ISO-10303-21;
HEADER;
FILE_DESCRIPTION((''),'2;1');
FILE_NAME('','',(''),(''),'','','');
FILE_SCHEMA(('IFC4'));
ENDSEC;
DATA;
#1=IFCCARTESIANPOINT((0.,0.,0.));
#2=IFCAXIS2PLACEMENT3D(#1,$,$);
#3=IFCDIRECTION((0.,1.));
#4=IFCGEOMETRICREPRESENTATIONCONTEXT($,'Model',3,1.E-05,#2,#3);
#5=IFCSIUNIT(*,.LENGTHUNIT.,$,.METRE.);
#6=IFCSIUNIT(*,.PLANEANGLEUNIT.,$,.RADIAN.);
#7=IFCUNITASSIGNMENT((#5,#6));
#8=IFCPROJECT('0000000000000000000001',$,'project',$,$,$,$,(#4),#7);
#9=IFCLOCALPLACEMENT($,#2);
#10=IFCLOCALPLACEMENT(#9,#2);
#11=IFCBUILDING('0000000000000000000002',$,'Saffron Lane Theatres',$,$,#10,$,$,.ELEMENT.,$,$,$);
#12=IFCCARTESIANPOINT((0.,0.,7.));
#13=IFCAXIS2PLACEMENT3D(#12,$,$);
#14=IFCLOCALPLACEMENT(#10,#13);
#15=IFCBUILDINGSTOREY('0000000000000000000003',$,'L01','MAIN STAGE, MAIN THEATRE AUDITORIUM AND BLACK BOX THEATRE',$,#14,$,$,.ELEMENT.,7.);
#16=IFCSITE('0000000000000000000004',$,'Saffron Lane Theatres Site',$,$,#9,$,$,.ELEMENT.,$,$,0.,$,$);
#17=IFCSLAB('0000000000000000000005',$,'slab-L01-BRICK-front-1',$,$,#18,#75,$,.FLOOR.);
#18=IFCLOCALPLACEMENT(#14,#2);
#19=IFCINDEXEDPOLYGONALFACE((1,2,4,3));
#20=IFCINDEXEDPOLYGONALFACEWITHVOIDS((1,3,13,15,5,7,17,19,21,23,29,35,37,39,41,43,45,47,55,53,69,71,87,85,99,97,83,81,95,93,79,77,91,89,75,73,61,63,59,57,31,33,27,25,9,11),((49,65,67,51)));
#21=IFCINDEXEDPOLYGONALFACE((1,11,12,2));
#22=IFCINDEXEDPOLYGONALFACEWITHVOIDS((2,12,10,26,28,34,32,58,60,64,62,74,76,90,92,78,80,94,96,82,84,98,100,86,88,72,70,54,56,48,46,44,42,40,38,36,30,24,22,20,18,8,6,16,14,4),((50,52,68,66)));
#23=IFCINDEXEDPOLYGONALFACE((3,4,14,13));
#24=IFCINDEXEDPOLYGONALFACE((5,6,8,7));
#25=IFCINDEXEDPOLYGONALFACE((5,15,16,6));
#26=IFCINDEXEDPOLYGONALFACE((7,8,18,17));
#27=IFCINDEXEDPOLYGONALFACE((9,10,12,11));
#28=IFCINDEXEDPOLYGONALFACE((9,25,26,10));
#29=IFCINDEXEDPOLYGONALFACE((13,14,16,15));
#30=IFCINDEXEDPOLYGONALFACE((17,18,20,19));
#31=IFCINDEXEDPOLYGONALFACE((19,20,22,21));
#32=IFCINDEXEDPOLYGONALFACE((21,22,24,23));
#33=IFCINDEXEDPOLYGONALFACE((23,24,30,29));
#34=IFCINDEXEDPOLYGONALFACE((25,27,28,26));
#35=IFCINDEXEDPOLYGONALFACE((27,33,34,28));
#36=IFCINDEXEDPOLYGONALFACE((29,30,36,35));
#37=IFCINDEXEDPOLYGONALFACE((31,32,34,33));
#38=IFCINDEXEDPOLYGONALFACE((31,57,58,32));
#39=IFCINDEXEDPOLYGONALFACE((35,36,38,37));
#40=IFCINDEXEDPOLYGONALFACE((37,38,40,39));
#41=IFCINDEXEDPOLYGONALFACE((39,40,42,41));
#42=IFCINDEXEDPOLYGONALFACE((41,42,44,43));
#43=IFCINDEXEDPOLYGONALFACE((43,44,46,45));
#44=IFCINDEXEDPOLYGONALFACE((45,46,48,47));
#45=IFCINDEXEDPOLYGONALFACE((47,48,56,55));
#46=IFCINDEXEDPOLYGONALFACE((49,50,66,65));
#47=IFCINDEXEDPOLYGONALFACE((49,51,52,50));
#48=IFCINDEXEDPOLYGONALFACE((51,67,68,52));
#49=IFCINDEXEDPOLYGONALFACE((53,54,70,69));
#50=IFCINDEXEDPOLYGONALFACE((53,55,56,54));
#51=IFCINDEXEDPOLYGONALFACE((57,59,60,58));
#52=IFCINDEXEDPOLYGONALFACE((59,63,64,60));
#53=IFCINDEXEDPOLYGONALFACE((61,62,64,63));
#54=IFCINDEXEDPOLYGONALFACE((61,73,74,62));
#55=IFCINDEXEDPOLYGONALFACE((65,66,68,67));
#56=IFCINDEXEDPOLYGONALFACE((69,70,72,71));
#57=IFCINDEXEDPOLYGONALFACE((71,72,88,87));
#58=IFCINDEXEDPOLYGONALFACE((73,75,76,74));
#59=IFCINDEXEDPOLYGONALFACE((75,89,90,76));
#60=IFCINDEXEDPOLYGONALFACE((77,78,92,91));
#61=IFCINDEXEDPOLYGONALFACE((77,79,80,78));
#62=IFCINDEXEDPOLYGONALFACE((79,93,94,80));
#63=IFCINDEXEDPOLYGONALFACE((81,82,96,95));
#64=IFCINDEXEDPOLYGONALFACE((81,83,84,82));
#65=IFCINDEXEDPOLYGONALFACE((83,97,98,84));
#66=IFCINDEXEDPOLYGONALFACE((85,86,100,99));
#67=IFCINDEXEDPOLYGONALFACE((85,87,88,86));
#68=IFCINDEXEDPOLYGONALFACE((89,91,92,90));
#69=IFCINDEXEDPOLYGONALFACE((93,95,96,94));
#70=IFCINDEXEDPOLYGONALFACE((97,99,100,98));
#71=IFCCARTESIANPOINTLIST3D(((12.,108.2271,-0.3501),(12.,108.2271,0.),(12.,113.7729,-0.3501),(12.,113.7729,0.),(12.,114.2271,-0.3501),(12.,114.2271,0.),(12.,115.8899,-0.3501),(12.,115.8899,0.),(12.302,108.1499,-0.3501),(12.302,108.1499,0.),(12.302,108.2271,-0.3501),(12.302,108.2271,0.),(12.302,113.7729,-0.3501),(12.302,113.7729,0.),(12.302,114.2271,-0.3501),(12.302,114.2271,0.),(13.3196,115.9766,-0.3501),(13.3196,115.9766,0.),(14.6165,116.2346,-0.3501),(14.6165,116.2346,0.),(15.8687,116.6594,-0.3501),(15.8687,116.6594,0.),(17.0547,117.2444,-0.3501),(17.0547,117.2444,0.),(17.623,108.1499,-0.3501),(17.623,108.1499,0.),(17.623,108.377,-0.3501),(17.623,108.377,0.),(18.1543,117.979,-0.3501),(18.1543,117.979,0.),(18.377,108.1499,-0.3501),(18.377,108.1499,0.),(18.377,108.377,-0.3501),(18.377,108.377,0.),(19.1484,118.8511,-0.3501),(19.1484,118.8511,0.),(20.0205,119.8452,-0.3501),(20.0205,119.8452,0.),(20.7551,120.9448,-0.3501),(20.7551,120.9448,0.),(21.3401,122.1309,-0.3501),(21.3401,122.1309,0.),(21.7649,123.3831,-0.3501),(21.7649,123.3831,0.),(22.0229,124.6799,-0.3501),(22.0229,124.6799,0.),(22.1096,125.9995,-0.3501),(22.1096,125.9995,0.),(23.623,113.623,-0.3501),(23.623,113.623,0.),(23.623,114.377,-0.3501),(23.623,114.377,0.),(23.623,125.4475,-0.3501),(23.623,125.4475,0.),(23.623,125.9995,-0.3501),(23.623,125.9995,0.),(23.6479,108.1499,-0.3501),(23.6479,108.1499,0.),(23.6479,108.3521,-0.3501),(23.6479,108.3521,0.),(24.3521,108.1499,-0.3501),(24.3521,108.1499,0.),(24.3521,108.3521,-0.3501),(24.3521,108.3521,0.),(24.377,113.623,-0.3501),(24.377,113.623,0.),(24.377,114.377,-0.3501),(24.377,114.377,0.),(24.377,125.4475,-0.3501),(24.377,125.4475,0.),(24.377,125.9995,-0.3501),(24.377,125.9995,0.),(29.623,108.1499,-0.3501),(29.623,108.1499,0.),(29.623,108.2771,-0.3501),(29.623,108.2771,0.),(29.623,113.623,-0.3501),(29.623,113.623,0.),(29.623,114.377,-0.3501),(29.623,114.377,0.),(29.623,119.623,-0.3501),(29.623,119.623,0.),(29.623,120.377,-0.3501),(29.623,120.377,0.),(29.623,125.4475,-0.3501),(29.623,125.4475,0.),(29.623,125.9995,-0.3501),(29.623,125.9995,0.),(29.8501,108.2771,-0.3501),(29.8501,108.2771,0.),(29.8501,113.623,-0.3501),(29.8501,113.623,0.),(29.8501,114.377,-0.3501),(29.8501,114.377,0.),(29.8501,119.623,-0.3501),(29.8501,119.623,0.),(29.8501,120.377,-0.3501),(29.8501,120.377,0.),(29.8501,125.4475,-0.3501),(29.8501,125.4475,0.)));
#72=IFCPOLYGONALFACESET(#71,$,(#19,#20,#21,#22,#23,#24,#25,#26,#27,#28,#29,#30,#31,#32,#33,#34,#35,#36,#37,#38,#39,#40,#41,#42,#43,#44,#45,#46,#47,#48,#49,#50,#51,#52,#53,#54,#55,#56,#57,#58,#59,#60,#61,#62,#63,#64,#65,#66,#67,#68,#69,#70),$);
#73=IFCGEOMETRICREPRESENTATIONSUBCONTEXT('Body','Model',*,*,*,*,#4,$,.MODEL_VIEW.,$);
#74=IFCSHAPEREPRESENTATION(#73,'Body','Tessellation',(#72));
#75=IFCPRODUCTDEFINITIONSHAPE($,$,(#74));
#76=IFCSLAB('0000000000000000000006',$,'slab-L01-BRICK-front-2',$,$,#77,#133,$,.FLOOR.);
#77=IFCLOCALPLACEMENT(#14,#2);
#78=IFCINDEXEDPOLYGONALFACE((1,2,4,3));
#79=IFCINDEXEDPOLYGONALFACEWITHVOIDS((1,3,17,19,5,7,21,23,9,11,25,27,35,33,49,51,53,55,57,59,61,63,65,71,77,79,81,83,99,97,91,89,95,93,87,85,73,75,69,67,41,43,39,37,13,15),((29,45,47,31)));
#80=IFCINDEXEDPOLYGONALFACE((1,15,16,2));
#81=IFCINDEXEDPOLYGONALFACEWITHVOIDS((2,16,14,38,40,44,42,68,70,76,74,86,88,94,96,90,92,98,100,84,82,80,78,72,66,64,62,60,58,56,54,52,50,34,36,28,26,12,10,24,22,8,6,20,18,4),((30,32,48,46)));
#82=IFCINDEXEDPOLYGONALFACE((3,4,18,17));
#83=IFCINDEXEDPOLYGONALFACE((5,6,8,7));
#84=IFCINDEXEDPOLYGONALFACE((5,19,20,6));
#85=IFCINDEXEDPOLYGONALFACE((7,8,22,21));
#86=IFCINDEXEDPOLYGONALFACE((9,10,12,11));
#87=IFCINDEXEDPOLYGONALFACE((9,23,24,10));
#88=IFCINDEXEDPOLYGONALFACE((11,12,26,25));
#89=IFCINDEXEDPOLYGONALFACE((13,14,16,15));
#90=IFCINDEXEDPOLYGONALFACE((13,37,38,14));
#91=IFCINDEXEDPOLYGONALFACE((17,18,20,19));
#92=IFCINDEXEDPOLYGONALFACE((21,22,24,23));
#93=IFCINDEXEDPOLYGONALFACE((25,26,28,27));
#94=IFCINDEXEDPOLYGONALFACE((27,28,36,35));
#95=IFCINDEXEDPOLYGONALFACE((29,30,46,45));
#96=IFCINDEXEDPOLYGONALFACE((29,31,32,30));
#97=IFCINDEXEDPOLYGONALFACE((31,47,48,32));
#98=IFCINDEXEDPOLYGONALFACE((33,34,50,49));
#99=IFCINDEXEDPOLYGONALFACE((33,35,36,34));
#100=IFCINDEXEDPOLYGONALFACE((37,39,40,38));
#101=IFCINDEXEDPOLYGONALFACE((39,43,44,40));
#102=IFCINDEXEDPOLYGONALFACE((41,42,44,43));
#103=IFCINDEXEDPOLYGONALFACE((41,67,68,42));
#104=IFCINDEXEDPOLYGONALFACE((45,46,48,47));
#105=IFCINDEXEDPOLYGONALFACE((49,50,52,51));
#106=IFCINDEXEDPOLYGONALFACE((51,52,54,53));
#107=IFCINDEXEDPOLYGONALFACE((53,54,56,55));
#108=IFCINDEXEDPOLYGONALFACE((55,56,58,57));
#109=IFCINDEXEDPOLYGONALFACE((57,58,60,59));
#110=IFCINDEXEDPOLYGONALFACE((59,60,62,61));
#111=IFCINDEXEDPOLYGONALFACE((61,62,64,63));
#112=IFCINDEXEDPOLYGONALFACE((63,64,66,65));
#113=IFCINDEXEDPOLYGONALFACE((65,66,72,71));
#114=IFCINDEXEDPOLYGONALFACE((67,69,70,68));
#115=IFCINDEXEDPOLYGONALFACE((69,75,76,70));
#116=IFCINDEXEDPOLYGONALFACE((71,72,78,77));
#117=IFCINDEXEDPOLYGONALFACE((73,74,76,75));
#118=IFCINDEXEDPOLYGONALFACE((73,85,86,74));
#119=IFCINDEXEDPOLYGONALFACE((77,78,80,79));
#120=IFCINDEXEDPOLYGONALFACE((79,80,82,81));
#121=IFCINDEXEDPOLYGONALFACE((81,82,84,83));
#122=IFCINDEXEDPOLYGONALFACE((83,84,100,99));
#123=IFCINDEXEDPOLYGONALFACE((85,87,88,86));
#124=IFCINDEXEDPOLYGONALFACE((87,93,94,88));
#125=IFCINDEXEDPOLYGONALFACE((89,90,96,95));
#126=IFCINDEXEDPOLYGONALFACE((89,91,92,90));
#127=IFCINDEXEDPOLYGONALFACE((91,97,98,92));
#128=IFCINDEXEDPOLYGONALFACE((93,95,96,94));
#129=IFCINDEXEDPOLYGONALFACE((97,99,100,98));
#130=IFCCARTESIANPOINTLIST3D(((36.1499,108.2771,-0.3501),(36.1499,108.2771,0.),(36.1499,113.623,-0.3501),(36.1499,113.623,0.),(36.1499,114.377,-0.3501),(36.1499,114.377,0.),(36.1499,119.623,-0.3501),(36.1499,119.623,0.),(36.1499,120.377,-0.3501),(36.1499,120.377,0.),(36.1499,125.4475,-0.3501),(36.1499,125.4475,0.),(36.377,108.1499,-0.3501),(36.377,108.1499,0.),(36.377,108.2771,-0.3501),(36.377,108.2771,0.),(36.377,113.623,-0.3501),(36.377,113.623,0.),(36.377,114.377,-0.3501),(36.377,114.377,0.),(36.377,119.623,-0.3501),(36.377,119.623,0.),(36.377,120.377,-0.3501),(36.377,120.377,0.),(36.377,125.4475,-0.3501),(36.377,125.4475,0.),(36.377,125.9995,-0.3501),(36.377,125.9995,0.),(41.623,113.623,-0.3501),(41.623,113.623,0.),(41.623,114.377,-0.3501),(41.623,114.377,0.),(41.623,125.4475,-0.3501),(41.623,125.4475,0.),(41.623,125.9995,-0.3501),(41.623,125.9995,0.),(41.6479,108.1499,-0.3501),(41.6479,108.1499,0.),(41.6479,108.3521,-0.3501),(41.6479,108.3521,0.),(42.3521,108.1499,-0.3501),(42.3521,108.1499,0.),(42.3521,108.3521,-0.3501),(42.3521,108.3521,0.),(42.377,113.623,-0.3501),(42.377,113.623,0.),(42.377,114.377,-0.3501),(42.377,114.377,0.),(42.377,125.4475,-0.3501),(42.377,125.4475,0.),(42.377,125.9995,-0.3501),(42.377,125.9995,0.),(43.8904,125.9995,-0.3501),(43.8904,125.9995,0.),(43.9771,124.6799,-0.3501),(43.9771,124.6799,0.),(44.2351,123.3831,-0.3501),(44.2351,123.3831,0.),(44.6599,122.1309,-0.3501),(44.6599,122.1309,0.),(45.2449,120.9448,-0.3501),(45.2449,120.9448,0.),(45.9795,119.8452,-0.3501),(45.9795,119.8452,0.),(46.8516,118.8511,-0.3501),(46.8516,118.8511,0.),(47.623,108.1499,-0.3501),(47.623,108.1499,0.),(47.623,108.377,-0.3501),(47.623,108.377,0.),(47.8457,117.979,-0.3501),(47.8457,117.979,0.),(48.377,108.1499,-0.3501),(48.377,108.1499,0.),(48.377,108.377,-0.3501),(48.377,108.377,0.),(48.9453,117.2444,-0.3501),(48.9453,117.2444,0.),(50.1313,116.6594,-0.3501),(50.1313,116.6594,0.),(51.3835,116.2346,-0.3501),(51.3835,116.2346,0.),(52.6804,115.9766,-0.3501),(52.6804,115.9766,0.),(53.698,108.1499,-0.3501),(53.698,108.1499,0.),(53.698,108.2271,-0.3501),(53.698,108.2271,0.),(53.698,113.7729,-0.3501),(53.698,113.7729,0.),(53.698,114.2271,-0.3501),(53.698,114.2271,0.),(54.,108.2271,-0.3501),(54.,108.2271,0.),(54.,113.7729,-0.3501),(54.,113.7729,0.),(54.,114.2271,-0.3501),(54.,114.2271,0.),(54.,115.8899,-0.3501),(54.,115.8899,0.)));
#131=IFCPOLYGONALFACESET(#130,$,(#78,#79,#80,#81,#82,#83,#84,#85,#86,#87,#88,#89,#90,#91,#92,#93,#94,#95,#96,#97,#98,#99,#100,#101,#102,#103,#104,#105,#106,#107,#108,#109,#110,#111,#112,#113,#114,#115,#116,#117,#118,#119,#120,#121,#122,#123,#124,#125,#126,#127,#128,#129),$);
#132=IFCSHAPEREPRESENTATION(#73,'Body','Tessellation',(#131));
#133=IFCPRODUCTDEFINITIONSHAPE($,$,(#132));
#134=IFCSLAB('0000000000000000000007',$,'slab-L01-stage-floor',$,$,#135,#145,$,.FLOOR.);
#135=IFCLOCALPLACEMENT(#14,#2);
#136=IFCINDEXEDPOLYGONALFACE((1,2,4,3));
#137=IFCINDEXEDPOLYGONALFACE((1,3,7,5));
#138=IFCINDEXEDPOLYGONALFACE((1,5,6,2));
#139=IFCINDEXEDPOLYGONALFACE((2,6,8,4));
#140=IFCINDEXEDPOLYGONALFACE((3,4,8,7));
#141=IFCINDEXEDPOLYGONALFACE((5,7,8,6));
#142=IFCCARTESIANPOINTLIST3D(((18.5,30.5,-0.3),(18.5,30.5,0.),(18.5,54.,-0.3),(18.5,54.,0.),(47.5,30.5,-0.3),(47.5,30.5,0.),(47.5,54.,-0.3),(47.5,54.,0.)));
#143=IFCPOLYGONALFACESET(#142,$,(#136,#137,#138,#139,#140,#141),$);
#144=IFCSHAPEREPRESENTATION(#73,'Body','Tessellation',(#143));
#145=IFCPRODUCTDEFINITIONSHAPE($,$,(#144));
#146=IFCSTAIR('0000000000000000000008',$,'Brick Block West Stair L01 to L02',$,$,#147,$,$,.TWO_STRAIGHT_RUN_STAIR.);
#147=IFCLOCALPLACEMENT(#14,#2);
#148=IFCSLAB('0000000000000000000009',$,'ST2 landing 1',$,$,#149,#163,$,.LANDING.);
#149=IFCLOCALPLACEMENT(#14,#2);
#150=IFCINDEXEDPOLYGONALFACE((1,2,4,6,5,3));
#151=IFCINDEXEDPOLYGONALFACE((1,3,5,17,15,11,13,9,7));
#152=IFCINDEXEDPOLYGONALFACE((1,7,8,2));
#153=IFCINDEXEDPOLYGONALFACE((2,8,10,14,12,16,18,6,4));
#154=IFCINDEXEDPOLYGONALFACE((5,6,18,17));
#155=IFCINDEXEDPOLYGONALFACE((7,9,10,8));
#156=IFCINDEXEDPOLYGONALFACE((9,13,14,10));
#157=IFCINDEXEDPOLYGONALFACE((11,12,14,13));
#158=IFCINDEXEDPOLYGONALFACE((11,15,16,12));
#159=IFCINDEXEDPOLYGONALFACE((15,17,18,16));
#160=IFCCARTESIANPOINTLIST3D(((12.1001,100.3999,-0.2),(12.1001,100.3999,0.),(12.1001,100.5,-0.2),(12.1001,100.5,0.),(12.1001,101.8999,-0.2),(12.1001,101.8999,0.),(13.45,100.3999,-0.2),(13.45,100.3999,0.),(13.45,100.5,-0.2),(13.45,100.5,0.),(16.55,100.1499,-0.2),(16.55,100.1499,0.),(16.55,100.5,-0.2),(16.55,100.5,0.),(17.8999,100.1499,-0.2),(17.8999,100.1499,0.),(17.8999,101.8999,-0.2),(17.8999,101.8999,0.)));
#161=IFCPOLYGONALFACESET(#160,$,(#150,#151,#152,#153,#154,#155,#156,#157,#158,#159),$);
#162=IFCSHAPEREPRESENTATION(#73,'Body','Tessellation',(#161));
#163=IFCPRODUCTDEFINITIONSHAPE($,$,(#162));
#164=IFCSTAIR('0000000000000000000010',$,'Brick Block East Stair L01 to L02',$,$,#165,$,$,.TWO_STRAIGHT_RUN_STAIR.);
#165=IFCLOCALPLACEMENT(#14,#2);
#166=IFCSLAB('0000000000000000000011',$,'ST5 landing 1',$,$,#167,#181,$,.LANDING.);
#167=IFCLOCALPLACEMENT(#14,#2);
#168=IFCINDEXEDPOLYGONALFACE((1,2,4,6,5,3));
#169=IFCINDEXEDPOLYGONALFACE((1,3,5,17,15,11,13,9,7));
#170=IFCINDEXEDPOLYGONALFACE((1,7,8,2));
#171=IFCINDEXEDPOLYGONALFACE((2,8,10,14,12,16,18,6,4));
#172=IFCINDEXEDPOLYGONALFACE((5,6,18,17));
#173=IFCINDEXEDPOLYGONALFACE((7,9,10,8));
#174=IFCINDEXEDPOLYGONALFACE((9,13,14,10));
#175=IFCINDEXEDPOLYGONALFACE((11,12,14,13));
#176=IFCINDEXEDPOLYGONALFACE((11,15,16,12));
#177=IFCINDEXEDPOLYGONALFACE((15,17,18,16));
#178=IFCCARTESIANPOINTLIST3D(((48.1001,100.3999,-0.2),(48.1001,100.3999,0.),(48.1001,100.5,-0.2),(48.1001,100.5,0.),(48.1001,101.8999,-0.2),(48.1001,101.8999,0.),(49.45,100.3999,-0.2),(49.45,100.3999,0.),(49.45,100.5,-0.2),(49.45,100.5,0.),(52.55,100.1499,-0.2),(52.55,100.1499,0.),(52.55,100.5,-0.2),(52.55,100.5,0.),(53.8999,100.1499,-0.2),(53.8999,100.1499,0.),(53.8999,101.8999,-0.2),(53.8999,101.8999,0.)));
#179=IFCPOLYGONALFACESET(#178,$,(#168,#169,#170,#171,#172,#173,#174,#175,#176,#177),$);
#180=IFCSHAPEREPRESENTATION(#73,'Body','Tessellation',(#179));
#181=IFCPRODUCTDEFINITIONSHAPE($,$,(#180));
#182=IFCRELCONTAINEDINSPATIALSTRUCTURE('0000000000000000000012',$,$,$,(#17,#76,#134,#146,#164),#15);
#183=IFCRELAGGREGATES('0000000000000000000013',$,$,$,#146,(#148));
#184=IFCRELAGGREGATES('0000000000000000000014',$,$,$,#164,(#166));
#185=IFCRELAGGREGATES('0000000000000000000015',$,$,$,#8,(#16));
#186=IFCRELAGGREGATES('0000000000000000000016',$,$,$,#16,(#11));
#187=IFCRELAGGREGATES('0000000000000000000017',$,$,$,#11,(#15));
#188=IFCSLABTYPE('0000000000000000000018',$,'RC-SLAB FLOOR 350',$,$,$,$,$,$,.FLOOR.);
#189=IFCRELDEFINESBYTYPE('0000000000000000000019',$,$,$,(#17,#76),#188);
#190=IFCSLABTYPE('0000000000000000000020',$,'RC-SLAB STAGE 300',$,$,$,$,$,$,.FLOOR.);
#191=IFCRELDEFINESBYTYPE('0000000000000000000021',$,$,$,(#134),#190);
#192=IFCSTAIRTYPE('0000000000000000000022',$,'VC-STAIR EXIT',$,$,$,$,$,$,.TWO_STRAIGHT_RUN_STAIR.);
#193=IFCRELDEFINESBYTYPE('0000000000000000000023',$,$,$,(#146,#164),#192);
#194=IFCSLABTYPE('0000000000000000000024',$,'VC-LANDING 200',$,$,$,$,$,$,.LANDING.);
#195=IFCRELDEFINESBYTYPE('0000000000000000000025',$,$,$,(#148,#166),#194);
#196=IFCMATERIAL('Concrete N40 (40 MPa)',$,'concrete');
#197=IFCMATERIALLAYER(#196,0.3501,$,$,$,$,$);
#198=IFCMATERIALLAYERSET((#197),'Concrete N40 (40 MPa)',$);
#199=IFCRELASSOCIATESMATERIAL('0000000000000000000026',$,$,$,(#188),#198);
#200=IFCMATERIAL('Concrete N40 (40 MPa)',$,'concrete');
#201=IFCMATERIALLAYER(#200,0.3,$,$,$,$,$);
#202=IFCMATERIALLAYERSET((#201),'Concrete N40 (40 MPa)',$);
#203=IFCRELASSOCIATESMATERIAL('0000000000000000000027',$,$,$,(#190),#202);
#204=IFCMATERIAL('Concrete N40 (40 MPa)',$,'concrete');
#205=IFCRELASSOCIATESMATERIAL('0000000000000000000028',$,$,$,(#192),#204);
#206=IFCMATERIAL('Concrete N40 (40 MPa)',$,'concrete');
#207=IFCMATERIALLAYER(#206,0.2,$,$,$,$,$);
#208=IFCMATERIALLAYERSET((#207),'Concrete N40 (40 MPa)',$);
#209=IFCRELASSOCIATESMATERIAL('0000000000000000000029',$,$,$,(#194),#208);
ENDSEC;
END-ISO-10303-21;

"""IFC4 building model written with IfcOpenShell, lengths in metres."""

from ifc_helpers import new_model, si_unit, direction, frame, origin, place, context, subcontext, project, spatial, polyline, outline, extrude, material, layer, layer_set, type_object, element, aggregate, save


model = new_model("IFC4")

# Units and contexts
model_context = context("Model", 3, precision=1e-05, world=origin(), true_north=direction((0.0, 1.0)))
body_context = subcontext(model_context, "Body", "Model", "MODEL_VIEW")
ifc_project = project(units=[si_unit("LENGTHUNIT", "METRE"), si_unit("PLANEANGLEUNIT", "RADIAN")], contexts=[model_context])

# Site, building, storey
site_placement = place(None, origin())
site = spatial("IfcSite", under=ifc_project, at=site_placement, Name="Saffron Lane Theatres Site", CompositionType="ELEMENT", RefElevation=0.0)
building_placement = place(site_placement, origin())
building = spatial("IfcBuilding", under=site, at=building_placement, Name="Saffron Lane Theatres", CompositionType="ELEMENT")
storey_placement = place(building_placement, frame((0.0, 0.0, 7.0)))
storey = spatial("IfcBuildingStorey", under=building, at=storey_placement, Name="L01", Description="MAIN STAGE, MAIN THEATRE AUDITORIUM AND BLACK BOX THEATRE", CompositionType="ELEMENT", Elevation=7.0)

# Slabs
ifc_material_1 = material(Name="Concrete N40 (40 MPa)", Category="concrete")
ifc_layer_1 = layer(ifc_material_1, 0.3501)
ifc_layer_set_1 = layer_set([ifc_layer_1], Name="Concrete N40 (40 MPa)")
slab_type_1 = type_object("IfcSlabType", Name="RC-SLAB FLOOR 350", PredefinedType="FLOOR", material=ifc_layer_set_1)
slab_1_placement = place(storey_placement, frame((0.0, 0.0, -0.3501)))
element("IfcSlab", 1, at=slab_1_placement, inside=storey, type_object=slab_type_1, Name="slab-L01-BRICK-front-1", PredefinedType="FLOOR", context=body_context, shape_type="SweptSolid", body=[
    extrude(outline(polyline([(12.0, 108.2271), (12.302, 108.2271), (12.302, 108.1499), (17.623, 108.1499), (17.623, 108.377), (18.377, 108.377), (18.377, 108.1499), (23.6479, 108.1499), (23.6479, 108.3521), (24.3521, 108.3521), (24.3521, 108.1499), (29.623, 108.1499), (29.623, 108.2771), (29.8501, 108.2771), (29.8501, 113.623), (29.623, 113.623), (29.623, 114.377), (29.8501, 114.377), (29.8501, 119.623), (29.623, 119.623), (29.623, 120.377), (29.8501, 120.377), (29.8501, 125.4475), (29.623, 125.4475), (29.623, 125.9995), (24.377, 125.9995), (24.377, 125.4475), (23.623, 125.4475), (23.623, 125.9995), (22.1096, 125.9995), (22.0229, 124.6799), (21.7649, 123.3831), (21.3401, 122.1309), (20.7551, 120.9448), (20.0205, 119.8452), (19.1484, 118.8511), (18.1543, 117.979), (17.0547, 117.2444), (15.8687, 116.6594), (14.6165, 116.2346), (13.3196, 115.9766), (12.0, 115.8899), (12.0, 114.2271), (12.302, 114.2271), (12.302, 113.7729), (12.0, 113.7729), (12.0, 108.2271)]), holes=[polyline([(24.377, 113.623), (23.623, 113.623), (23.623, 114.377), (24.377, 114.377), (24.377, 113.623)])]), origin(), (0.0, 0.0, 1.0), 0.3501),
])
slab_2_placement = place(storey_placement, frame((0.0, 0.0, -0.3501)))
element("IfcSlab", 2, at=slab_2_placement, inside=storey, type_object=slab_type_1, Name="slab-L01-BRICK-front-2", PredefinedType="FLOOR", context=body_context, shape_type="SweptSolid", body=[
    extrude(outline(polyline([(36.377, 125.9995), (36.377, 125.4475), (36.1499, 125.4475), (36.1499, 120.377), (36.377, 120.377), (36.377, 119.623), (36.1499, 119.623), (36.1499, 114.377), (36.377, 114.377), (36.377, 113.623), (36.1499, 113.623), (36.1499, 108.2771), (36.377, 108.2771), (36.377, 108.1499), (41.6479, 108.1499), (41.6479, 108.3521), (42.3521, 108.3521), (42.3521, 108.1499), (47.623, 108.1499), (47.623, 108.377), (48.377, 108.377), (48.377, 108.1499), (53.698, 108.1499), (53.698, 108.2271), (54.0, 108.2271), (54.0, 113.7729), (53.698, 113.7729), (53.698, 114.2271), (54.0, 114.2271), (54.0, 115.8899), (52.6804, 115.9766), (51.3835, 116.2346), (50.1313, 116.6594), (48.9453, 117.2444), (47.8457, 117.979), (46.8516, 118.8511), (45.9795, 119.8452), (45.2449, 120.9448), (44.6599, 122.1309), (44.2351, 123.3831), (43.9771, 124.6799), (43.8904, 125.9995), (42.377, 125.9995), (42.377, 125.4475), (41.623, 125.4475), (41.623, 125.9995), (36.377, 125.9995)]), holes=[polyline([(42.377, 113.623), (41.623, 113.623), (41.623, 114.377), (42.377, 114.377), (42.377, 113.623)])]), origin(), (0.0, 0.0, 1.0), 0.3501),
])
ifc_material_2 = material(Name="Concrete N40 (40 MPa)", Category="concrete")
ifc_layer_2 = layer(ifc_material_2, 0.3)
ifc_layer_set_2 = layer_set([ifc_layer_2], Name="Concrete N40 (40 MPa)")
slab_type_2 = type_object("IfcSlabType", Name="RC-SLAB STAGE 300", PredefinedType="FLOOR", material=ifc_layer_set_2)
slab_3_placement = place(storey_placement, frame((0.0, 0.0, -0.3)))
element("IfcSlab", 3, at=slab_3_placement, inside=storey, type_object=slab_type_2, Name="slab-L01-stage-floor", PredefinedType="FLOOR", context=body_context, shape_type="SweptSolid", body=[
    extrude(outline(polyline([(18.5, 30.5), (47.5, 30.5), (47.5, 54.0), (18.5, 54.0), (18.5, 30.5)])), origin(), (0.0, 0.0, 1.0), 0.3),
])

# Stairs, slabs
ifc_material_3 = material(Name="Concrete N40 (40 MPa)", Category="concrete")
stair_type = type_object("IfcStairType", Name="VC-STAIR EXIT", PredefinedType="TWO_STRAIGHT_RUN_STAIR", material=ifc_material_3)
stair_1_placement = place(storey_placement, origin())
stair_1 = element("IfcStair", 4, at=stair_1_placement, inside=storey, type_object=stair_type, Name="Brick Block West Stair L01 to L02", PredefinedType="TWO_STRAIGHT_RUN_STAIR")
ifc_material_4 = material(Name="Concrete N40 (40 MPa)", Category="concrete")
ifc_layer_3 = layer(ifc_material_4, 0.2)
ifc_layer_set_3 = layer_set([ifc_layer_3], Name="Concrete N40 (40 MPa)")
slab_type_3 = type_object("IfcSlabType", Name="VC-LANDING 200", PredefinedType="LANDING", material=ifc_layer_set_3)
slab_4_placement = place(storey_placement, frame((0.0, 0.0, -0.2)))
slab_4 = element("IfcSlab", 5, at=slab_4_placement, type_object=slab_type_3, Name="ST2 landing 1", PredefinedType="LANDING", context=body_context, shape_type="SweptSolid", body=[
    extrude(outline(polyline([(12.1001, 100.5), (12.1001, 101.8999), (17.8999, 101.8999), (17.8999, 100.1499), (16.55, 100.1499), (16.55, 100.5), (13.45, 100.5), (13.45, 100.3999), (12.1001, 100.3999), (12.1001, 100.5), (12.1001, 100.5)])), origin(), (0.0, 0.0, 1.0), 0.2),
])
aggregate(stair_1, [slab_4])
stair_2_placement = place(storey_placement, origin())
stair_2 = element("IfcStair", 6, at=stair_2_placement, inside=storey, type_object=stair_type, Name="Brick Block East Stair L01 to L02", PredefinedType="TWO_STRAIGHT_RUN_STAIR")
slab_5_placement = place(storey_placement, frame((0.0, 0.0, -0.2)))
slab_5 = element("IfcSlab", 7, at=slab_5_placement, type_object=slab_type_3, Name="ST5 landing 1", PredefinedType="LANDING", context=body_context, shape_type="SweptSolid", body=[
    extrude(outline(polyline([(48.1001, 101.8999), (53.8999, 101.8999), (53.8999, 100.1499), (52.55, 100.1499), (52.55, 100.5), (49.45, 100.5), (49.45, 100.3999), (48.1001, 100.3999), (48.1001, 100.5), (48.1001, 100.5), (48.1001, 101.8999)])), origin(), (0.0, 0.0, 1.0), 0.2),
])
aggregate(stair_2, [slab_5])

save(model, "model.ifc")
